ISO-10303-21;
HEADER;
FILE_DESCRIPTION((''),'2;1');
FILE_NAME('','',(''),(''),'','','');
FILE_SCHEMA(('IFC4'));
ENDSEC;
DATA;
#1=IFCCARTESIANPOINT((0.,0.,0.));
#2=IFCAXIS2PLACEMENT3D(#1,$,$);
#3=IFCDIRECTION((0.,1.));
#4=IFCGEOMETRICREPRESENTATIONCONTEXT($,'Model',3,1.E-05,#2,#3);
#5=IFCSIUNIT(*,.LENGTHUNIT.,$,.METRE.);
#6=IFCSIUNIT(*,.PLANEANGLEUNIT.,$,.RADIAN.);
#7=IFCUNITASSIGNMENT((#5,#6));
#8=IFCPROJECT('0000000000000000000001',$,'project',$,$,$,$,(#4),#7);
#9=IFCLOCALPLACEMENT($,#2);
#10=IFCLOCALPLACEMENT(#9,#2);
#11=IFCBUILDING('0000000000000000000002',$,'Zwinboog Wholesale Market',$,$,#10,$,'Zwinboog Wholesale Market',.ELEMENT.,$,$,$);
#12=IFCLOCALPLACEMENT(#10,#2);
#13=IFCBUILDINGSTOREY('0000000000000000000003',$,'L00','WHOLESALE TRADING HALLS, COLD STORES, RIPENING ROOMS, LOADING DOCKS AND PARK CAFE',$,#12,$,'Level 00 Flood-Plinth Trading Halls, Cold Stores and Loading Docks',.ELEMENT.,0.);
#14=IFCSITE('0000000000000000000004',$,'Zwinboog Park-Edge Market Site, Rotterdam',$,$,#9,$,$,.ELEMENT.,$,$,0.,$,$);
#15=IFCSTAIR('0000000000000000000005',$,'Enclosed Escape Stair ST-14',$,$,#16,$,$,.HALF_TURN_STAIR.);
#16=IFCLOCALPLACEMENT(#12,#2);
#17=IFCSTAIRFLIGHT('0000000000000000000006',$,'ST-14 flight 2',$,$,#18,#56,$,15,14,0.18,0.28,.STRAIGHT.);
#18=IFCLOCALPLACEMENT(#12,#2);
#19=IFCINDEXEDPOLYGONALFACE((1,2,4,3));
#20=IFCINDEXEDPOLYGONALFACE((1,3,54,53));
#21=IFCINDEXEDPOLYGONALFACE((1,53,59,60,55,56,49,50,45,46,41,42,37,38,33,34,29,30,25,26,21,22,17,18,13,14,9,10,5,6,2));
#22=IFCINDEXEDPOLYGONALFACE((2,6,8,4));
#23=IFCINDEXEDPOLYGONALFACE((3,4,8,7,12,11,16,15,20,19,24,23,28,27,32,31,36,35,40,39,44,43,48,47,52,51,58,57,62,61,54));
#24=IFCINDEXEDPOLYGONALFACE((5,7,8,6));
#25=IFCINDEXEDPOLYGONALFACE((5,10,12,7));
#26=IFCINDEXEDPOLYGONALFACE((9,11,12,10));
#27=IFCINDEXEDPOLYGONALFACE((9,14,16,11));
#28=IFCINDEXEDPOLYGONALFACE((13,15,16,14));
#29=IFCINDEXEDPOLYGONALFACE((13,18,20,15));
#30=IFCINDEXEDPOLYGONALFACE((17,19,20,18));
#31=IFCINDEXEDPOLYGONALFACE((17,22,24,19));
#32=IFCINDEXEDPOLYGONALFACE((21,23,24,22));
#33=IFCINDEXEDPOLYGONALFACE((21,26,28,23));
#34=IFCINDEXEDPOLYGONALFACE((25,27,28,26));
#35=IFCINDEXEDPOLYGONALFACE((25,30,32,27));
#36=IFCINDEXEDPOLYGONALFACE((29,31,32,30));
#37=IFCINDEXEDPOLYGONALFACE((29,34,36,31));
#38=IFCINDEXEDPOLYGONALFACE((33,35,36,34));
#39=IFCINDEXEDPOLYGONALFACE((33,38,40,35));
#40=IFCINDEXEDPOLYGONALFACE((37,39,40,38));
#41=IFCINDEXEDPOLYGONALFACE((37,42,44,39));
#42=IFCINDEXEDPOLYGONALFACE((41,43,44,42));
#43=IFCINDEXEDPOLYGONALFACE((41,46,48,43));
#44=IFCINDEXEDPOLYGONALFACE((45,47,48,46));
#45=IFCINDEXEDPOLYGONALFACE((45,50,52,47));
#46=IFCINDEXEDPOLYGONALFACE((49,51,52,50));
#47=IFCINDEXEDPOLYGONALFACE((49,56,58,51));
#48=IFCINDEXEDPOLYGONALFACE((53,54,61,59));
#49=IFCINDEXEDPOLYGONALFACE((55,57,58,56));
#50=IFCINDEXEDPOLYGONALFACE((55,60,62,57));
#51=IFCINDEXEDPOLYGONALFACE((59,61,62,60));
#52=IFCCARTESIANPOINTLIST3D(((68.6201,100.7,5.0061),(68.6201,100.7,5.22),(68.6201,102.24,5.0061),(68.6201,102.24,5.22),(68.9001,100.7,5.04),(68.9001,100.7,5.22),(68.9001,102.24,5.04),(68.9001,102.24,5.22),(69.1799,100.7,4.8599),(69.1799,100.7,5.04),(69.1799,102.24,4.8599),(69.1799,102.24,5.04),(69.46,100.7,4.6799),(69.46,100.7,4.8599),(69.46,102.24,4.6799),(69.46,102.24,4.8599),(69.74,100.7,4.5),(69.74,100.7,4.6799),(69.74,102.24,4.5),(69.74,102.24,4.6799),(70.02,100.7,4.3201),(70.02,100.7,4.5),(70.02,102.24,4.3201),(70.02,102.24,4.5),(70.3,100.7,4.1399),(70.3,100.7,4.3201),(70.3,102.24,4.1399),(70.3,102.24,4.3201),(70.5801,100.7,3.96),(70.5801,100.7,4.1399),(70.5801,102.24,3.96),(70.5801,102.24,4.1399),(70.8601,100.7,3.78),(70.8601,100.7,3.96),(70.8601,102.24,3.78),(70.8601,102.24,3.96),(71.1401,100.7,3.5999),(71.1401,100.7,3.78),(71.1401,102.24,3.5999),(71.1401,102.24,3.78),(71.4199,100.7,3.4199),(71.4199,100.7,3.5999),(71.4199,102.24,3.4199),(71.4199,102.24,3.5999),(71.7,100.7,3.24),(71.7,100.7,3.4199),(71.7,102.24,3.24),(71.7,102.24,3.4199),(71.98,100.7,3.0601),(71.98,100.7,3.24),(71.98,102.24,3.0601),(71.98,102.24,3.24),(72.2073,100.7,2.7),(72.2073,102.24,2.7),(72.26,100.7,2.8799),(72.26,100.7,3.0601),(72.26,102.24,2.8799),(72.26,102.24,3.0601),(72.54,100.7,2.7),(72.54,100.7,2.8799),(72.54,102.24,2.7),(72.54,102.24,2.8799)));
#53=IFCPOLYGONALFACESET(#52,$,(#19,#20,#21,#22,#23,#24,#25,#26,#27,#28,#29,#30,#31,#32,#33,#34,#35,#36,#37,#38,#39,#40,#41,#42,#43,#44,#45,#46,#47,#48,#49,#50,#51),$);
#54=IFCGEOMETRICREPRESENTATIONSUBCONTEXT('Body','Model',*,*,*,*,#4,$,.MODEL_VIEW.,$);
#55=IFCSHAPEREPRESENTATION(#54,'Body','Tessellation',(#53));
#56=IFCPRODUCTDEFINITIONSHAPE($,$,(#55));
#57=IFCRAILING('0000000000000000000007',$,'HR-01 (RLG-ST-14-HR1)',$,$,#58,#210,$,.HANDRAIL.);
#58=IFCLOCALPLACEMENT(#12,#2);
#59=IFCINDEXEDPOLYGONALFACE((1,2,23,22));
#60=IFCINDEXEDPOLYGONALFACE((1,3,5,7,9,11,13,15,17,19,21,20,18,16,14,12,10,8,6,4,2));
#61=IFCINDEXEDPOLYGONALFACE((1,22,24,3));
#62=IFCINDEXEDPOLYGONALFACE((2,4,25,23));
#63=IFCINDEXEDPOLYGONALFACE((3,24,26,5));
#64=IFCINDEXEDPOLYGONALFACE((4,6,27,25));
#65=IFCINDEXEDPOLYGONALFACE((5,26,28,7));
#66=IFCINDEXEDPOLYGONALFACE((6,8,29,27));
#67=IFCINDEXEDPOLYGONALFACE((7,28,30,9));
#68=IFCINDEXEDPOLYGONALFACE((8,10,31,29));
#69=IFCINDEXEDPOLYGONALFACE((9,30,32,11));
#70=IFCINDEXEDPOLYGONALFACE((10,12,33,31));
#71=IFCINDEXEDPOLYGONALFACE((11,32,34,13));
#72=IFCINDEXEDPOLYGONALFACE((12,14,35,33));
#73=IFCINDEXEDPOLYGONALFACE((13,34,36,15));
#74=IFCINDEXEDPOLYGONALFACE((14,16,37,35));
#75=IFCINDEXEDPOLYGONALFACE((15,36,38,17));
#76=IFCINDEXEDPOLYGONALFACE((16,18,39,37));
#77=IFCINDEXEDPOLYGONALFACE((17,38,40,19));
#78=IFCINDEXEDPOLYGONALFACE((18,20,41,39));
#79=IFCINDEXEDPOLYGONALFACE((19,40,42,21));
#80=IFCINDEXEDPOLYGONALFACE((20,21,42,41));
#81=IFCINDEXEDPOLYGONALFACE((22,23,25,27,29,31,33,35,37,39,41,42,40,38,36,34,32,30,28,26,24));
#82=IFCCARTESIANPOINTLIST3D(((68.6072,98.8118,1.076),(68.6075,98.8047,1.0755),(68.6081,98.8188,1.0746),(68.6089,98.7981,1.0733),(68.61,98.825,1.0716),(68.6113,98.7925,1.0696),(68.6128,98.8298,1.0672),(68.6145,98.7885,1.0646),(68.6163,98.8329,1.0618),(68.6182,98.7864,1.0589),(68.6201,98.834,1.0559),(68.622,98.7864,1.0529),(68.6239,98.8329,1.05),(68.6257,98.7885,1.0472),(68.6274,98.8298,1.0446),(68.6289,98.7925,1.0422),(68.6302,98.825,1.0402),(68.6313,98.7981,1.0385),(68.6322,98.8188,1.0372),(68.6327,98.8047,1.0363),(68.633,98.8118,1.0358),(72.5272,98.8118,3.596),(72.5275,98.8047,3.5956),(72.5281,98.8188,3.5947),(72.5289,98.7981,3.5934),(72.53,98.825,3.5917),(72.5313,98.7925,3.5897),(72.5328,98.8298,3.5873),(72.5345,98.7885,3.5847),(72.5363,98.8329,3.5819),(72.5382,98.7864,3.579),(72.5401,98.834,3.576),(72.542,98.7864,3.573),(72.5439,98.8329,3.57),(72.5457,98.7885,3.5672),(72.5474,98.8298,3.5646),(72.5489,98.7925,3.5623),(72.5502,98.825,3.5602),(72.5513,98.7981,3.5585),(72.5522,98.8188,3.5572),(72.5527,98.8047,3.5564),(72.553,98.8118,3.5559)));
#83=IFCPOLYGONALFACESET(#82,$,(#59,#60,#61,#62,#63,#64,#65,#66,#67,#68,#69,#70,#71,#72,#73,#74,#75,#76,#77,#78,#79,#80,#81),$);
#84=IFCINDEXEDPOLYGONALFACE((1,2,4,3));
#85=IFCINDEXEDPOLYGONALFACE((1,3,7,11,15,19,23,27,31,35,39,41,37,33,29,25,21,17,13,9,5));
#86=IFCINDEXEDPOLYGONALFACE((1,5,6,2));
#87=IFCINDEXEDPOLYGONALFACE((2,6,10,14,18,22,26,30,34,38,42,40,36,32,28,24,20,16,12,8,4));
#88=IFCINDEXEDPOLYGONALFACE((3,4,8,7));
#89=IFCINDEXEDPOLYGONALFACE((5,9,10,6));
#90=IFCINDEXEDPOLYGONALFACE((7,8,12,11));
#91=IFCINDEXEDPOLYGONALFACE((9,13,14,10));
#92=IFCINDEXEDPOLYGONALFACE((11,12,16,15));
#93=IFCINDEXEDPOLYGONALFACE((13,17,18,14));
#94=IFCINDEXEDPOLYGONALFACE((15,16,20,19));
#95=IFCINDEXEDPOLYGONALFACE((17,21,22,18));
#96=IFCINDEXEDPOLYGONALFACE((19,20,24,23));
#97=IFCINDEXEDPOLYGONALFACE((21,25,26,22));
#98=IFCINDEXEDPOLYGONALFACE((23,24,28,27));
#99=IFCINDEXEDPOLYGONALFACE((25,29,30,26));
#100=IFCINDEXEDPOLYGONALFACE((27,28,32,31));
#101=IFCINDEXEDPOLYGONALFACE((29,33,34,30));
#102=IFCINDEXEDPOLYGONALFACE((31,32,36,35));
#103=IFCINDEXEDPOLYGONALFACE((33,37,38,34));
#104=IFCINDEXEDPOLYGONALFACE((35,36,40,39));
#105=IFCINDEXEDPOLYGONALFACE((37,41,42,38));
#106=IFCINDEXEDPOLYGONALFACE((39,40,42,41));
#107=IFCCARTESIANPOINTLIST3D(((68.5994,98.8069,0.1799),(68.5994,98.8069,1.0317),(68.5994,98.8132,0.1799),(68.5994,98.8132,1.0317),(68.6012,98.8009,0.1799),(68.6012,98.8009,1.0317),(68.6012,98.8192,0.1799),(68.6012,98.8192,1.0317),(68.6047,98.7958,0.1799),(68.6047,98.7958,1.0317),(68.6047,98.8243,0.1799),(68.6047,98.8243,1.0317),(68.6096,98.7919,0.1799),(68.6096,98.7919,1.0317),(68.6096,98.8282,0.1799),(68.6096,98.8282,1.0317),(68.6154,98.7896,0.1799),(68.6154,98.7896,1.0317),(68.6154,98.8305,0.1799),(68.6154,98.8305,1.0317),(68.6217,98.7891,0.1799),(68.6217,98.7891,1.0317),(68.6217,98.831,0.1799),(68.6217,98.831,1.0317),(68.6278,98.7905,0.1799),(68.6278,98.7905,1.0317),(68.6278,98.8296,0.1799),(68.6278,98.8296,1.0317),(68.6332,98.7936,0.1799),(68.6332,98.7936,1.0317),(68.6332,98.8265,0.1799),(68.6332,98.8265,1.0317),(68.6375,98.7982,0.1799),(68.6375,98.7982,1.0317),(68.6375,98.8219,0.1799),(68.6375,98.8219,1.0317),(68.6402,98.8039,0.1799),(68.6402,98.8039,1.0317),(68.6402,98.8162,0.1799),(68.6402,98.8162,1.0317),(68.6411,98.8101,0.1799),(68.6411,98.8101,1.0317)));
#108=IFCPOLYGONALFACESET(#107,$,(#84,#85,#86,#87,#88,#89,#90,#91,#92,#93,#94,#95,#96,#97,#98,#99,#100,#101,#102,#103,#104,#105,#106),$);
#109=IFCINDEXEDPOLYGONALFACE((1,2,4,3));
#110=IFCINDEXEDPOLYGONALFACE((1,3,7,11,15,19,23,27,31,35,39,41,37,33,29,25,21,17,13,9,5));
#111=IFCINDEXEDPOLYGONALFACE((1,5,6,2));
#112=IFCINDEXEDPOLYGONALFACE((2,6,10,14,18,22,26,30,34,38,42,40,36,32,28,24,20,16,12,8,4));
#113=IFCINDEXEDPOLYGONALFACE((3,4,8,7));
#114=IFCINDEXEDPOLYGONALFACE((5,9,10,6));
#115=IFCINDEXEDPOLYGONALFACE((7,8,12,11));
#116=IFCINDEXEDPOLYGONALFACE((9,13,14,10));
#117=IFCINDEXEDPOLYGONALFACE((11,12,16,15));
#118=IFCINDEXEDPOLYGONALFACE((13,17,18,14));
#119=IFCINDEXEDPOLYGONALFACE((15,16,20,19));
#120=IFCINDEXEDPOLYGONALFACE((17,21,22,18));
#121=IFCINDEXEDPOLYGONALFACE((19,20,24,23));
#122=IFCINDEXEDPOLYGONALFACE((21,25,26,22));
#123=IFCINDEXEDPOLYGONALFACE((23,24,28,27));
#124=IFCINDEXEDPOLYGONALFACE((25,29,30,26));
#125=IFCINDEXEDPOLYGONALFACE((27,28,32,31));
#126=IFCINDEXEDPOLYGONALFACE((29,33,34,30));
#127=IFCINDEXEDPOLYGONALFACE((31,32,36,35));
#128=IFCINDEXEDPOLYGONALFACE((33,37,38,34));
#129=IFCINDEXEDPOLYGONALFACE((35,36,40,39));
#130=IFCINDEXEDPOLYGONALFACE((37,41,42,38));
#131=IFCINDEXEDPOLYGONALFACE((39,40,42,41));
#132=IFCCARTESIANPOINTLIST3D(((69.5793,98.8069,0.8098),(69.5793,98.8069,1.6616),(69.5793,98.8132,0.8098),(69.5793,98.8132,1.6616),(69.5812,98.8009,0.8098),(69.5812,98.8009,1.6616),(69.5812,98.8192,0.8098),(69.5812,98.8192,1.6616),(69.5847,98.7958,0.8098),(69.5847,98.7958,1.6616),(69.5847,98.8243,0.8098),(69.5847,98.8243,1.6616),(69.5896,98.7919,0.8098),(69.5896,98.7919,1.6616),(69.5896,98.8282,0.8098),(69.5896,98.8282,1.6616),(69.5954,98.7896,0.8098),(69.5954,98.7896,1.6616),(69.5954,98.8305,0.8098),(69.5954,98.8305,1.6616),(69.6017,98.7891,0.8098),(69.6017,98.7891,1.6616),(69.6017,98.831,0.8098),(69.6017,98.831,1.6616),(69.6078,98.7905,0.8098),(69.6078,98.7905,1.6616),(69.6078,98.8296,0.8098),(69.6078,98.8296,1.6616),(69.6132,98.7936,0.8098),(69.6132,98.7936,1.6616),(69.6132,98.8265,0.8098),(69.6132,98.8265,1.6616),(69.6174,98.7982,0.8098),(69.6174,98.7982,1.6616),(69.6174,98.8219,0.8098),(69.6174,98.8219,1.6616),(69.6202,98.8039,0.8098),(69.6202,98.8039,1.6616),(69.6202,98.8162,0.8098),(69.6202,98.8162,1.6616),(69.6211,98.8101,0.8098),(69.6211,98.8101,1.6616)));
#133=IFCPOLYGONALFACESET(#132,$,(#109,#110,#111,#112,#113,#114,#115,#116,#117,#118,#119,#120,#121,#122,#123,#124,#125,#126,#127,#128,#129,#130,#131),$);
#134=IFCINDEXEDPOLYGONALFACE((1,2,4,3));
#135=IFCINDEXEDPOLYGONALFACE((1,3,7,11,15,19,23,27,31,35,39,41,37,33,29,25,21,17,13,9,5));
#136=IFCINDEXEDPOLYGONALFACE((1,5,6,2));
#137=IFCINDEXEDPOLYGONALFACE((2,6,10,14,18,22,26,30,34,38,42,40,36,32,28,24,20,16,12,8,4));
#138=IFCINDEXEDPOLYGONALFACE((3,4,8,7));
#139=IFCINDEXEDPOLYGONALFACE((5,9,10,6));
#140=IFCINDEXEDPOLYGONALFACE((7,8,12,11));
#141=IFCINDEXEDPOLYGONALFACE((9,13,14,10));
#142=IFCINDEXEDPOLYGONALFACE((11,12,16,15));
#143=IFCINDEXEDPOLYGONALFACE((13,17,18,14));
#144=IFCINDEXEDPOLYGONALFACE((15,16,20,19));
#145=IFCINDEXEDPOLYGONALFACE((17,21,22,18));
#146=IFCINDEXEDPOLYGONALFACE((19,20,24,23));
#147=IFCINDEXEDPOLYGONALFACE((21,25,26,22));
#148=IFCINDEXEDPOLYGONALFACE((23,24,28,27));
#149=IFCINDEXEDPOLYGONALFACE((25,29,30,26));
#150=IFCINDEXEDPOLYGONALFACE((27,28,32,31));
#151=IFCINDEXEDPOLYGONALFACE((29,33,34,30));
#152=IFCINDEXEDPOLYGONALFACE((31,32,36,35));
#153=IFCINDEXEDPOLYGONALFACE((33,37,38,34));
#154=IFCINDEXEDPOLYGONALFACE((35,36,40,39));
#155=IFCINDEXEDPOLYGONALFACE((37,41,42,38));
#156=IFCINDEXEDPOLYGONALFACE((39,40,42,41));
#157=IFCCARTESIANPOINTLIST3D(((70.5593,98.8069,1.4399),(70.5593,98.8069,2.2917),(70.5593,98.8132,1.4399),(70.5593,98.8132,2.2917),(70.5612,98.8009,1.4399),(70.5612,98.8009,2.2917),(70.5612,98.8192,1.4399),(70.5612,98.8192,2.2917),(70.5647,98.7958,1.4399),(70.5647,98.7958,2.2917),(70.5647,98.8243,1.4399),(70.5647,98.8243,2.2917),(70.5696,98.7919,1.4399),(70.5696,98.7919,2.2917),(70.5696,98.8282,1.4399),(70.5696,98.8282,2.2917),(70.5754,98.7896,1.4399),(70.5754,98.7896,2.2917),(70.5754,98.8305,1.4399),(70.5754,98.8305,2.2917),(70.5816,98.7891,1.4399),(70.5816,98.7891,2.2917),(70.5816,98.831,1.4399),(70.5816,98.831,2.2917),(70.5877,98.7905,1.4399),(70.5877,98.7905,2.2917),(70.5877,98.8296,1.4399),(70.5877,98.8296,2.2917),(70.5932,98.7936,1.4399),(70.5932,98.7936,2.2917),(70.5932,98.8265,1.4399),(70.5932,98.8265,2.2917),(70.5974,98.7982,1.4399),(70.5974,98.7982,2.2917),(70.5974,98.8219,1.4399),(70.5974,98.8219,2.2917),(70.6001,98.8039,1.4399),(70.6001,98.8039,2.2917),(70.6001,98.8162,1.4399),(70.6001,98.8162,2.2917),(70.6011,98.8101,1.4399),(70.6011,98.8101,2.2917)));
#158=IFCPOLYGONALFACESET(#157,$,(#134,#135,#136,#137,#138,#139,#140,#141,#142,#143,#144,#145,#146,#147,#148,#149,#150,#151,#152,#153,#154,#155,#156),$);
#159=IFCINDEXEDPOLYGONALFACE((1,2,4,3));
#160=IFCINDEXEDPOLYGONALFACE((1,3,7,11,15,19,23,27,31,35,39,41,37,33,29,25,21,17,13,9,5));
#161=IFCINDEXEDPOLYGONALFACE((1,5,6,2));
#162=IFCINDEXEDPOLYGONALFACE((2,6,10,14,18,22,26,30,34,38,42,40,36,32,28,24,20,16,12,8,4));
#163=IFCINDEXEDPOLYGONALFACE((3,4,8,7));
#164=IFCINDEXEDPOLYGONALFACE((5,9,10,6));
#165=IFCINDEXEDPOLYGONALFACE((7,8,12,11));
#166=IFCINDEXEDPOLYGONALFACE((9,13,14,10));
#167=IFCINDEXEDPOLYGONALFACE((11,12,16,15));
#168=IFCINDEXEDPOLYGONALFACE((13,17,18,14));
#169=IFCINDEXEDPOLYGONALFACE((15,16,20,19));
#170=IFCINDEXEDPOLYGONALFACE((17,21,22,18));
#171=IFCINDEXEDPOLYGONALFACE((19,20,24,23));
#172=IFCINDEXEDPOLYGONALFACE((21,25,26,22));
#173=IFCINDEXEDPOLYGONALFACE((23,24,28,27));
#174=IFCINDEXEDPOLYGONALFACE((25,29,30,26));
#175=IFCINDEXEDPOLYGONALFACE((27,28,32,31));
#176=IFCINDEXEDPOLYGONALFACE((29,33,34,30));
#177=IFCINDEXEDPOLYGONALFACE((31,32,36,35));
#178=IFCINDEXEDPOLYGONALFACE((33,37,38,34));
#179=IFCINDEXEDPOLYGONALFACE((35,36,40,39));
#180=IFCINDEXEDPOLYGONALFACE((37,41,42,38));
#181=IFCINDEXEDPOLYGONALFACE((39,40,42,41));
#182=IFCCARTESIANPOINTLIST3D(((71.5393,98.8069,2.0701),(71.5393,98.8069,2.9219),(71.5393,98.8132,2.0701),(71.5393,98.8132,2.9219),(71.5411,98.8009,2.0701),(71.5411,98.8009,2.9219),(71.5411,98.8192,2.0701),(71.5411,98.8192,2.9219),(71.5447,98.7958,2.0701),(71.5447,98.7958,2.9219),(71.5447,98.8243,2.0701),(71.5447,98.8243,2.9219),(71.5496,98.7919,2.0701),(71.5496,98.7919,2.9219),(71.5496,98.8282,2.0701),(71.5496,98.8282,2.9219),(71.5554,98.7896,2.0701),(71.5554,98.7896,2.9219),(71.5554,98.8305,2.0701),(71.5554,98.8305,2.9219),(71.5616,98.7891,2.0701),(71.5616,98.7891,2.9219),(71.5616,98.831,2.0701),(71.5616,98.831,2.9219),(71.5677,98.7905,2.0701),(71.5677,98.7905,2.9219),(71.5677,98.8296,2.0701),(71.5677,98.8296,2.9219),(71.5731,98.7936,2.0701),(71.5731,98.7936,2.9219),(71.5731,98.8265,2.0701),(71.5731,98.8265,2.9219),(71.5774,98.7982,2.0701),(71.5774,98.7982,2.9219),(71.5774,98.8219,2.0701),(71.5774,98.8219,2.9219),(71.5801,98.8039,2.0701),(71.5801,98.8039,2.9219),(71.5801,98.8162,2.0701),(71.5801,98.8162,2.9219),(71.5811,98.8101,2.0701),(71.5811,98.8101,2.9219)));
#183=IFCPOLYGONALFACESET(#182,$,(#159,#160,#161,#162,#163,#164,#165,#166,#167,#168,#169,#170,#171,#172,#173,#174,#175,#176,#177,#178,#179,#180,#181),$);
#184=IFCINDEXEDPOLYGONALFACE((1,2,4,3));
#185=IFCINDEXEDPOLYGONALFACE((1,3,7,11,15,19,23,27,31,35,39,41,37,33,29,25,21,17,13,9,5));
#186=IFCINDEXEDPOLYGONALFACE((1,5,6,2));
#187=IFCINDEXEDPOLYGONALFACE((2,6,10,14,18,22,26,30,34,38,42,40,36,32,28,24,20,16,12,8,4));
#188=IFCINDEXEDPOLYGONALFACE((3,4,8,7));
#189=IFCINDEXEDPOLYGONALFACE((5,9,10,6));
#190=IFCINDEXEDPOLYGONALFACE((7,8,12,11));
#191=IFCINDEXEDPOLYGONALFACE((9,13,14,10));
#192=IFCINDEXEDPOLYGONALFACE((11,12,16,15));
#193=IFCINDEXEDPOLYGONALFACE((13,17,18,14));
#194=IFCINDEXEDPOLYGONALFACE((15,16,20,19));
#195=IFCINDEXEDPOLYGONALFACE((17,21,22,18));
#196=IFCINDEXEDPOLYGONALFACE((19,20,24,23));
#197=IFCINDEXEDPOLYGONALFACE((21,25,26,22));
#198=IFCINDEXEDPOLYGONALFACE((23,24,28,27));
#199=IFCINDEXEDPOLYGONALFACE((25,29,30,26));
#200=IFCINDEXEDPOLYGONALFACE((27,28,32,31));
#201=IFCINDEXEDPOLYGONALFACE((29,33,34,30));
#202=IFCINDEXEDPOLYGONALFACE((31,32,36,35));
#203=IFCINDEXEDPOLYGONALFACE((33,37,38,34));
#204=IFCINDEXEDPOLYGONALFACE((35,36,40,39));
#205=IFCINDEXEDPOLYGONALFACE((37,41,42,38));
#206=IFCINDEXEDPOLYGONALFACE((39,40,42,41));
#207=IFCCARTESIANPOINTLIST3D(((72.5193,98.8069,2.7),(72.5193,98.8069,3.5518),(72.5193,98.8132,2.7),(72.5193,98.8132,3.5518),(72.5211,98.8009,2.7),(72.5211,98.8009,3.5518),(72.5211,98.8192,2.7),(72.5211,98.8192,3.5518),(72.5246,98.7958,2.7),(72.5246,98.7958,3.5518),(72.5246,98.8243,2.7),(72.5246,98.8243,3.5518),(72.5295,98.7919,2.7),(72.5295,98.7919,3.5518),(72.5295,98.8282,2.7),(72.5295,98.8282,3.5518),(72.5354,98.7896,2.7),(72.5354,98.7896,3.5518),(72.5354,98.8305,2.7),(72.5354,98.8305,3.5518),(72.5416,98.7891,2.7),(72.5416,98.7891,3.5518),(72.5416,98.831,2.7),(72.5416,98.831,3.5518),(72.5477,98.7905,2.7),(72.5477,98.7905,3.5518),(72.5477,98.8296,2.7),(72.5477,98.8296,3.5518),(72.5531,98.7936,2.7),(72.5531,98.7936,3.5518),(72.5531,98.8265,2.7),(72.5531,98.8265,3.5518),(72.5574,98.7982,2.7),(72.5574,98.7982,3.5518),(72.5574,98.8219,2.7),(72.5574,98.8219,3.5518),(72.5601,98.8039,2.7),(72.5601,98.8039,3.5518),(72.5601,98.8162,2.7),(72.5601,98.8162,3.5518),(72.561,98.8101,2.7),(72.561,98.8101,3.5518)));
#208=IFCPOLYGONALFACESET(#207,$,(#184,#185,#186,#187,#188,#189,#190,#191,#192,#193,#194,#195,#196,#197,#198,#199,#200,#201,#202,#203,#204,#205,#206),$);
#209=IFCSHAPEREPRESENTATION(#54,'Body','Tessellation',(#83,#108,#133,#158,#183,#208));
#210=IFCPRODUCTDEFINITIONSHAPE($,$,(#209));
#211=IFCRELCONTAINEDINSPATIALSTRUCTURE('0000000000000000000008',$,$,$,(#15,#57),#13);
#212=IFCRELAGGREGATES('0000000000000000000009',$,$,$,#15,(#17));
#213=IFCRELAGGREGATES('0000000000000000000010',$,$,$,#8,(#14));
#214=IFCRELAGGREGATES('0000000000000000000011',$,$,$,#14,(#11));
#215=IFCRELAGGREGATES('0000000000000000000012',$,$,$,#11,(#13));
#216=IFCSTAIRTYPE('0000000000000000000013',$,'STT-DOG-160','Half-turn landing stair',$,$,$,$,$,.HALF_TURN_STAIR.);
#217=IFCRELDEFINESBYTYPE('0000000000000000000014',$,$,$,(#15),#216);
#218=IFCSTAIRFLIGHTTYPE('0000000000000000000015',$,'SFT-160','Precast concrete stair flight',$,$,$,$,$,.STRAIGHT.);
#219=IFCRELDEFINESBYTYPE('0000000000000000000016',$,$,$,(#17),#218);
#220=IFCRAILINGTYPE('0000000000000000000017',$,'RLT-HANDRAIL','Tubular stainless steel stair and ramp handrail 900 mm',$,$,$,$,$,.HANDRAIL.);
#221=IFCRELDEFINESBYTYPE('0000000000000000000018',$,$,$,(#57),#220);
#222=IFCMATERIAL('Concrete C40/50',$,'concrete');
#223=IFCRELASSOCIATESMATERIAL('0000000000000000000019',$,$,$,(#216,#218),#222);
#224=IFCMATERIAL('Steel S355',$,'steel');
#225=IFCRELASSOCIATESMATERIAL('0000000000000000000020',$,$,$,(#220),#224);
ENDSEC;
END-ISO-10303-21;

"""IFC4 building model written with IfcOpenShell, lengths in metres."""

from ifc_helpers import new_model, si_unit, direction, frame, origin, origin_2d, place, context, subcontext, project, spatial, polyline, circle, outline, extrude, material, type_object, element, aggregate, save


model = new_model("IFC4")

# Units and contexts
model_context = context("Model", 3, precision=1e-05, world=origin(), true_north=direction((0.0, 1.0)))
body_context = subcontext(model_context, "Body", "Model", "MODEL_VIEW")
ifc_project = project(units=[si_unit("LENGTHUNIT", "METRE"), si_unit("PLANEANGLEUNIT", "RADIAN")], contexts=[model_context])

# Site, building, storey
site_placement = place(None, origin())
site = spatial("IfcSite", under=ifc_project, at=site_placement, Name="Zwinboog Park-Edge Market Site, Rotterdam", CompositionType="ELEMENT", RefElevation=0.0)
building_placement = place(site_placement, origin())
building = spatial("IfcBuilding", under=site, at=building_placement, Name="Zwinboog Wholesale Market", LongName="Zwinboog Wholesale Market", CompositionType="ELEMENT")
storey_placement = place(building_placement, origin())
storey = spatial("IfcBuildingStorey", under=building, at=storey_placement, Name="L00", Description="WHOLESALE TRADING HALLS, COLD STORES, RIPENING ROOMS, LOADING DOCKS AND PARK CAFE", LongName="Level 00 Flood-Plinth Trading Halls, Cold Stores and Loading Docks", CompositionType="ELEMENT", Elevation=0.0)

# Shared definitions
ifc_material_1 = material(Name="Concrete C40/50", Category="concrete")

# Stair, stair flight
stair_type = type_object("IfcStairType", Name="STT-DOG-160", Description="Half-turn landing stair", PredefinedType="HALF_TURN_STAIR", material=ifc_material_1)
stair_placement = place(storey_placement, origin())
stair = element("IfcStair", 1, at=stair_placement, inside=storey, type_object=stair_type, Name="Enclosed Escape Stair ST-14", PredefinedType="HALF_TURN_STAIR")
stair_flight_type = type_object("IfcStairFlightType", Name="SFT-160", Description="Precast concrete stair flight", PredefinedType="STRAIGHT", material=ifc_material_1)
stair_flight_1_placement = place(storey_placement, frame((72.54, 101.47, 2.7), z_axis=(0.0, 0.0, 1.0), x_axis=(-1.0, 0.0, 0.0)))
stair_flight_1 = element("IfcStairFlight", 2, at=stair_flight_1_placement, type_object=stair_flight_type, Name="ST-14 flight 2", NumberOfRisers=15, NumberOfTreads=14, PredefinedType="STRAIGHT", RiserHeight=0.18, TreadLength=0.28, context=body_context, shape_type="SweptSolid", body=[
    extrude(outline(polyline([(0.0, 0.0), (0.0, 0.1799), (0.28, 0.1799), (0.28, 0.3601), (0.5601, 0.3601), (0.5601, 0.54), (0.8401, 0.54), (0.8401, 0.72), (1.1201, 0.72), (1.1201, 0.8999), (1.3999, 0.8999), (1.3999, 1.0801), (1.6799, 1.0801), (1.6799, 1.26), (1.96, 1.26), (1.96, 1.4399), (2.24, 1.4399), (2.24, 1.6201), (2.52, 1.6201), (2.52, 1.8), (2.8, 1.8), (2.8, 1.98), (3.0801, 1.98), (3.0801, 2.1599), (3.3601, 2.1599), (3.3601, 2.3401), (3.6399, 2.3401), (3.6399, 2.52), (3.9199, 2.52), (3.9199, 2.7), (3.9199, 2.3062), (0.3328, 0.0), (0.0, 0.0)])), frame((0.0, 0.77, 0.0), z_axis=(0.0, -1.0, 0.0), x_axis=(1.0, 0.0, 0.0)), (0.0, 0.0, 1.0), 1.54),
])
aggregate(stair, [stair_flight_1])

# Railing
ifc_material_2 = material(Name="Steel S355", Category="steel")
railing_type_1 = type_object("IfcRailingType", Name="RLT-HANDRAIL", Description="Tubular stainless steel stair and ramp handrail 900 mm", PredefinedType="HANDRAIL", material=ifc_material_2)
railing_1_placement = place(storey_placement, frame((68.6201, 98.8101, 0.1799)))
element("IfcRailing", 3, at=railing_1_placement, inside=storey, type_object=railing_type_1, Name="HR-01 (RLG-ST-14-HR1)", PredefinedType="HANDRAIL", context=body_context, shape_type="SweptSolid", body=[
    extrude(circle(Radius=0.0239, at=origin_2d()), frame((0.0, 0.0, 0.876), z_axis=(0.841172, 0.0, 0.540768), x_axis=(0.0, 1.0, 0.0)), (0.0, 0.0, 1.0), 4.6602),
    extrude(circle(Radius=0.021, at=origin_2d()), origin(), (0.0, 0.0, 1.0), 0.8518),
    extrude(circle(Radius=0.021, at=origin_2d()), frame((0.98, 0.0, 0.6299)), (0.0, 0.0, 1.0), 0.8518),
    extrude(circle(Radius=0.021, at=origin_2d()), frame((1.96, 0.0, 1.26)), (0.0, 0.0, 1.0), 0.8518),
    extrude(circle(Radius=0.021, at=origin_2d()), frame((2.9399, 0.0, 1.8901)), (0.0, 0.0, 1.0), 0.8518),
    extrude(circle(Radius=0.021, at=origin_2d()), frame((3.9199, 0.0, 2.52)), (0.0, 0.0, 1.0), 0.8518),
])

save(model, "model.ifc")
